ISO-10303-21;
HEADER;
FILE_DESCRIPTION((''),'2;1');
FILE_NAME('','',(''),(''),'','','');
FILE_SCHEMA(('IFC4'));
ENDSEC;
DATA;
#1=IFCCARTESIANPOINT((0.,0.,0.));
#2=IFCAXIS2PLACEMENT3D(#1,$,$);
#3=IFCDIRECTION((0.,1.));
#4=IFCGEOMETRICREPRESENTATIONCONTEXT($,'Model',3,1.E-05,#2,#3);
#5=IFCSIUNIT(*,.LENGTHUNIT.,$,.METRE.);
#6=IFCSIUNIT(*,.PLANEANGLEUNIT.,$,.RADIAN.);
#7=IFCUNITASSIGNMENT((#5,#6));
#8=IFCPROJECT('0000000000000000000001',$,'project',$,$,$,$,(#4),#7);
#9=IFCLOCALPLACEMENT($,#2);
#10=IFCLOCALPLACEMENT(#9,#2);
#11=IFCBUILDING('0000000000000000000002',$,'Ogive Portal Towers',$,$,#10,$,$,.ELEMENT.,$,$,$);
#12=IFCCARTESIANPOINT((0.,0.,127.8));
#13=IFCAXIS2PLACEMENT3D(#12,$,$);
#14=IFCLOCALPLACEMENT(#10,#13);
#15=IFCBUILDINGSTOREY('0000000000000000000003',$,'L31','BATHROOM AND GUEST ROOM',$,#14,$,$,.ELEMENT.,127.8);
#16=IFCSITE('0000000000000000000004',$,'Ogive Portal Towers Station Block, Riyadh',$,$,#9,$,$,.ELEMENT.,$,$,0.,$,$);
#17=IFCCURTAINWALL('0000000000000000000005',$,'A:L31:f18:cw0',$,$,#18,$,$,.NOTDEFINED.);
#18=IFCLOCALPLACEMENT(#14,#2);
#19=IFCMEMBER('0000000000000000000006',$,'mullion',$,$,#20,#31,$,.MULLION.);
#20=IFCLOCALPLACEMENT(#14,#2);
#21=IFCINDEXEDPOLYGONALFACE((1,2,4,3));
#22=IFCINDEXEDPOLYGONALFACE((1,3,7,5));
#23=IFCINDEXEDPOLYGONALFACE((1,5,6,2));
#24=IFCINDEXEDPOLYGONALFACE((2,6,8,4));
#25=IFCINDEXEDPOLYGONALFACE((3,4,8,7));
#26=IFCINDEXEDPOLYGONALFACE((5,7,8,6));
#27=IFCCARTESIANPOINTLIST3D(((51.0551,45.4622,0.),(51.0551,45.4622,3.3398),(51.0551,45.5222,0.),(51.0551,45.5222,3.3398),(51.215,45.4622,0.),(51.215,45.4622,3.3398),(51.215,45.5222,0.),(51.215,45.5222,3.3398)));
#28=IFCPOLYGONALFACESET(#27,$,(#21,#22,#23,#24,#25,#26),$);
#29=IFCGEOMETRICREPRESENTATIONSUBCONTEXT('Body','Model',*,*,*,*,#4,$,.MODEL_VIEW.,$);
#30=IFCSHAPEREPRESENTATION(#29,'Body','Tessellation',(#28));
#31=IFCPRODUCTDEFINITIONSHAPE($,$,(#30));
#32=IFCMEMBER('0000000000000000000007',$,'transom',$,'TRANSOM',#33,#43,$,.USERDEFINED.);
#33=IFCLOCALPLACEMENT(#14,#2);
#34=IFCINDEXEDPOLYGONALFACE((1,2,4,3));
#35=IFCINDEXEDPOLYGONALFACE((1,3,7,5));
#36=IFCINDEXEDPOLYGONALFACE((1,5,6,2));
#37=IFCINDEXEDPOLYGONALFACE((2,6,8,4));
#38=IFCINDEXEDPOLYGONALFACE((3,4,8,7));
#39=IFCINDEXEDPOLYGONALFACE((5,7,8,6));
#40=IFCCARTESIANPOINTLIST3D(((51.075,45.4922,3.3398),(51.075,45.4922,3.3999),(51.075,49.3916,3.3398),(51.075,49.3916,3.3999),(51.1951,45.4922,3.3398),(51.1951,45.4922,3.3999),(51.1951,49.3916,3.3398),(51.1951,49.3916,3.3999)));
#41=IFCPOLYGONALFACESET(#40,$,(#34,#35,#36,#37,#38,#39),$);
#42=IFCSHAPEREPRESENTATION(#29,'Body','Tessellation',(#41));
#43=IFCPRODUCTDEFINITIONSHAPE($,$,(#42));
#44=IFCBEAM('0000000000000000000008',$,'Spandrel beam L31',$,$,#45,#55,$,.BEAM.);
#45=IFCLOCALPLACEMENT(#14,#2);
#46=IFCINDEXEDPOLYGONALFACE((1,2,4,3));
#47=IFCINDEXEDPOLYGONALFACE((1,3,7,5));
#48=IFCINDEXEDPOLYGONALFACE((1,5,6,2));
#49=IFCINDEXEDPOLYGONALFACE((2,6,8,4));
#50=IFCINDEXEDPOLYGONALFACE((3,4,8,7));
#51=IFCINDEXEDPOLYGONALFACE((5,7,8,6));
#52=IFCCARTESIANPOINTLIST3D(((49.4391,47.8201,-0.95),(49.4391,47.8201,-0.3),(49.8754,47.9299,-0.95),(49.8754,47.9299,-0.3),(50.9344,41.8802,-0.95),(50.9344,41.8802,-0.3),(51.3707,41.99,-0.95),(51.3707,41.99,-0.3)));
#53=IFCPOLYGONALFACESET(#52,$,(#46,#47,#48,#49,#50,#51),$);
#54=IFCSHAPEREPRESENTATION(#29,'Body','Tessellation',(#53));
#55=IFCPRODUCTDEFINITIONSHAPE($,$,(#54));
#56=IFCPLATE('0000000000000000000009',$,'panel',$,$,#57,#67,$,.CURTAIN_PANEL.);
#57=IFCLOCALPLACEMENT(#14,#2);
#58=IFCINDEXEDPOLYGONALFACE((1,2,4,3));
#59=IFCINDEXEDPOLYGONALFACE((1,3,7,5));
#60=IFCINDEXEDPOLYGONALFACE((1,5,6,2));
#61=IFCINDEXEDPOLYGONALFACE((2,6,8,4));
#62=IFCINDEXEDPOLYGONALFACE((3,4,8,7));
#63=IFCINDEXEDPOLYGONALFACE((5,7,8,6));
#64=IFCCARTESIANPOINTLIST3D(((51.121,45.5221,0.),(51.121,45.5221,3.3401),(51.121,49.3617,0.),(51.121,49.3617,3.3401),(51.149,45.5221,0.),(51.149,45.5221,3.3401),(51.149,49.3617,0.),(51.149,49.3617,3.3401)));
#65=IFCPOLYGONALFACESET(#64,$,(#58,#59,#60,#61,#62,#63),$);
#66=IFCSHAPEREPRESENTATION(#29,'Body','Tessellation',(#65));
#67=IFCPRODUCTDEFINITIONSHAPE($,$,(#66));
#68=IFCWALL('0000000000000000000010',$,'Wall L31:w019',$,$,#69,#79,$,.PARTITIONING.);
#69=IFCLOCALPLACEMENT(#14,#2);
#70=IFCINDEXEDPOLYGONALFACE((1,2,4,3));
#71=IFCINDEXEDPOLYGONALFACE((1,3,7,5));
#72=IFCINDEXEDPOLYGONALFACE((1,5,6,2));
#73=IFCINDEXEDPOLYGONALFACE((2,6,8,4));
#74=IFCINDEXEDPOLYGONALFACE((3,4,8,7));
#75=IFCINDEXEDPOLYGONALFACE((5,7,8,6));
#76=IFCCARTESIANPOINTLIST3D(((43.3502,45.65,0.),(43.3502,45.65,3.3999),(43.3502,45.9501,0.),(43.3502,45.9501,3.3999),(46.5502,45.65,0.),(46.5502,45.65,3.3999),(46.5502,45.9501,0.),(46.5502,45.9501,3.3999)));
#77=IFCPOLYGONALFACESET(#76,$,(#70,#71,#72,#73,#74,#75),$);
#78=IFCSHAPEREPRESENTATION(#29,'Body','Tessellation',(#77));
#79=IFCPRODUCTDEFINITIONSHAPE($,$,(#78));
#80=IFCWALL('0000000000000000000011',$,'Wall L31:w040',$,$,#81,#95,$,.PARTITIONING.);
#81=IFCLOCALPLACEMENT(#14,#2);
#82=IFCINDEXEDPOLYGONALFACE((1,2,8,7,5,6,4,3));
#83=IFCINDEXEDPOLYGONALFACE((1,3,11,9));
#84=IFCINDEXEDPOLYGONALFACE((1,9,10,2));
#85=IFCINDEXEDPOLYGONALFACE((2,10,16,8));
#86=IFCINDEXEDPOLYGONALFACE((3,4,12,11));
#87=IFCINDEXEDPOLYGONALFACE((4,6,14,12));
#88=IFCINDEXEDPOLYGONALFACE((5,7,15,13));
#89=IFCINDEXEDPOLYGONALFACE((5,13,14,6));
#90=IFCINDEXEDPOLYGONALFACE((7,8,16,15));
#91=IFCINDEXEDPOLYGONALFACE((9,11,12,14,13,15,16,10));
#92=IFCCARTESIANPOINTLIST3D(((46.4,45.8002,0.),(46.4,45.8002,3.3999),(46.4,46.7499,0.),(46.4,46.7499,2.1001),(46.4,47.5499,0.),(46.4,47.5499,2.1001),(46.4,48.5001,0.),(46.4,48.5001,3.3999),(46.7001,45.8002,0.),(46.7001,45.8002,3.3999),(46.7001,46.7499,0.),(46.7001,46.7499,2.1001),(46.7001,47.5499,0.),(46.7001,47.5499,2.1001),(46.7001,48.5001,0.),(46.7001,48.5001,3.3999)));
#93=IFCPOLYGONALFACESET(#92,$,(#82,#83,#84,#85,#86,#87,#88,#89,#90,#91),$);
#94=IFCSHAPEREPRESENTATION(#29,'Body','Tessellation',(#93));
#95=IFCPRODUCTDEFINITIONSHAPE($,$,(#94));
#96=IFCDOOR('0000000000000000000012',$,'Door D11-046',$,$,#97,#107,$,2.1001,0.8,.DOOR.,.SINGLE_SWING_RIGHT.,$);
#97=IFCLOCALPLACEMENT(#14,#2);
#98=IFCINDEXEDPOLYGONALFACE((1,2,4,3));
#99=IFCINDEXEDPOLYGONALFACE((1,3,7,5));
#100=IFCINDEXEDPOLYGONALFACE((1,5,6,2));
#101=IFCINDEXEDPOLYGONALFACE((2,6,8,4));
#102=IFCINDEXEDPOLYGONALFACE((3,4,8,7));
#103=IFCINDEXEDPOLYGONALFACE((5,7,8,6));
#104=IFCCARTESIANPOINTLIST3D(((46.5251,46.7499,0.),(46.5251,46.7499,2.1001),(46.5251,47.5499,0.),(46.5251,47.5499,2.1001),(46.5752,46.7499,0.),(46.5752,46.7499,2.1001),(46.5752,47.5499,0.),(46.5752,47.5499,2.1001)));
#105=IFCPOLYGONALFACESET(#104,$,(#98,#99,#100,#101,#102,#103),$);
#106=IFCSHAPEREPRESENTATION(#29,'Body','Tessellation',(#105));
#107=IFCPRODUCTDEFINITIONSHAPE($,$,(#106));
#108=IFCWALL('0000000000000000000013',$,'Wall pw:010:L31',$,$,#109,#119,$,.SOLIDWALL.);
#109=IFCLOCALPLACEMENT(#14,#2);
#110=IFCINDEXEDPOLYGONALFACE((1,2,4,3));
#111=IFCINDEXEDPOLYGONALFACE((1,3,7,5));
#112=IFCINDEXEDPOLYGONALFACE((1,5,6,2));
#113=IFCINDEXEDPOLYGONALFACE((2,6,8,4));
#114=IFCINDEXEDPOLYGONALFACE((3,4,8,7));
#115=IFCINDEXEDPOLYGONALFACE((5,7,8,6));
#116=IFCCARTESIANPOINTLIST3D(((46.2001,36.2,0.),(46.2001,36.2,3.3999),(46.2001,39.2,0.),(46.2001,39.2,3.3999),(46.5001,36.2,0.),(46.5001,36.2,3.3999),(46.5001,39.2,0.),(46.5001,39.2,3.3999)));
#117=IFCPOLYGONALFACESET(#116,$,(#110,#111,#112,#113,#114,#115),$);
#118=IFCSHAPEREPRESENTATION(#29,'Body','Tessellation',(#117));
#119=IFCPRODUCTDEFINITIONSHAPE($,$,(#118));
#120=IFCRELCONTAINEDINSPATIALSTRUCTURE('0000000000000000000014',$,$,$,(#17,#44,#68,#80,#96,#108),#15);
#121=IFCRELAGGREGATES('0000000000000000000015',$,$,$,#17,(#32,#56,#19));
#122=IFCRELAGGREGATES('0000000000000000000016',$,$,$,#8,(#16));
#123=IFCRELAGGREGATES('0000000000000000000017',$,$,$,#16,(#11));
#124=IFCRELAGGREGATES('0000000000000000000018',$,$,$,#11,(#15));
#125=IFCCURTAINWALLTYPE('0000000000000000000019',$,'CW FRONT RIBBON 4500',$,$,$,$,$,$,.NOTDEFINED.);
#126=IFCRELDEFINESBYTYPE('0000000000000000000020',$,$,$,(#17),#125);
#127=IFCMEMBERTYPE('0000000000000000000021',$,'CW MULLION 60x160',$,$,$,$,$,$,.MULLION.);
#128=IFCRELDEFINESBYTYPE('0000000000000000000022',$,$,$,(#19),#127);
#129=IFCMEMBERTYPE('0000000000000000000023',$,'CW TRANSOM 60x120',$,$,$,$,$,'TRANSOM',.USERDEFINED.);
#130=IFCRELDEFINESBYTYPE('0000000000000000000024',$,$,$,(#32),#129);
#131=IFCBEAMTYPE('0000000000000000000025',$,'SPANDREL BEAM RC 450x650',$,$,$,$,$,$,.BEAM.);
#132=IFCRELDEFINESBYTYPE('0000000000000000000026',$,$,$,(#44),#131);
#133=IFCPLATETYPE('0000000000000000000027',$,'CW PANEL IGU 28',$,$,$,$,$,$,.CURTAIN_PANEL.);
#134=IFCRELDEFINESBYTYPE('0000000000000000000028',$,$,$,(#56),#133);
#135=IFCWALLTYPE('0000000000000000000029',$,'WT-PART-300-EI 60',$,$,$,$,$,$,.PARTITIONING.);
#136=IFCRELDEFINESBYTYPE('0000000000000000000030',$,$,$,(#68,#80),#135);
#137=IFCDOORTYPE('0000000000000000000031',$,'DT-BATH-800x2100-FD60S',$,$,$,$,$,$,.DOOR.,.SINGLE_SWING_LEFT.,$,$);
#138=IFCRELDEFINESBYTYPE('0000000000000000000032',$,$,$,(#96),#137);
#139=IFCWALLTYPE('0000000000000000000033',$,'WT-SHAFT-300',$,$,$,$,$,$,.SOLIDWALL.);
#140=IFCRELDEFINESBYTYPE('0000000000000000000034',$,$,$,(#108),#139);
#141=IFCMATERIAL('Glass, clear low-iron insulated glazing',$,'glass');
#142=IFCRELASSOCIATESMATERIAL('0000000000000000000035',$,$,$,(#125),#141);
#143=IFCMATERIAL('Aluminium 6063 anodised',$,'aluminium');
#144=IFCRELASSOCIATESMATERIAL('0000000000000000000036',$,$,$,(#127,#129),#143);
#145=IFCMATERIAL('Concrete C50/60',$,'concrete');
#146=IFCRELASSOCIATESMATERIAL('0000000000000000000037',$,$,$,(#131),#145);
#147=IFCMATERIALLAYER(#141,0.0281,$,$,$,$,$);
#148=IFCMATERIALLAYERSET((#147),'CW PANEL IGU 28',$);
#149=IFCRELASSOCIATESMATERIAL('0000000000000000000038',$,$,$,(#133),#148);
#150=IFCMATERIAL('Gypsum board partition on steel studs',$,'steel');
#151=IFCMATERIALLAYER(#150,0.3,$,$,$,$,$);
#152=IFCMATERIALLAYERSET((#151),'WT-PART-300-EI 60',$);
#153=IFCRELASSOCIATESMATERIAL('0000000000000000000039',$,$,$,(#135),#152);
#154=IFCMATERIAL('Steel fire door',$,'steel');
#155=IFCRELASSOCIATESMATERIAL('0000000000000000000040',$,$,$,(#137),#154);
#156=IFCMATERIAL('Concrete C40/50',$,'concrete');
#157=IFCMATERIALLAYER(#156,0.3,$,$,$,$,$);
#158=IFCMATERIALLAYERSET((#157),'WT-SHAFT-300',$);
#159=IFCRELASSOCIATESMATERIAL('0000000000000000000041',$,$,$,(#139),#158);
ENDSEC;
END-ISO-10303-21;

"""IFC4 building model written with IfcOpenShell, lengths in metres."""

from ifc_helpers import new_model, si_unit, direction, frame, frame_2d, origin, origin_2d, place, context, subcontext, project, spatial, rectangle, extrude, material, layer, layer_set, material_profile, profile_set, type_object, element, fill, aggregate, save


model = new_model("IFC4")

# Units and contexts
model_context = context("Model", 3, precision=1e-05, world=origin(), true_north=direction((0.0, 1.0)))
body_context = subcontext(model_context, "Body", "Model", "MODEL_VIEW")
ifc_project = project(units=[si_unit("LENGTHUNIT", "METRE"), si_unit("PLANEANGLEUNIT", "RADIAN")], contexts=[model_context])

# Site, building, storey
site_placement = place(None, origin())
site = spatial("IfcSite", under=ifc_project, at=site_placement, Name="Ogive Portal Towers Station Block, Riyadh", CompositionType="ELEMENT", RefElevation=0.0)
building_placement = place(site_placement, origin())
building = spatial("IfcBuilding", under=site, at=building_placement, Name="Ogive Portal Towers", CompositionType="ELEMENT")
storey_placement = place(building_placement, frame((0.0, 0.0, 127.8)))
storey = spatial("IfcBuildingStorey", under=building, at=storey_placement, Name="L31", Description="BATHROOM AND GUEST ROOM", CompositionType="ELEMENT", Elevation=127.8)

# Curtain wall, members
ifc_material_1 = material(Name="Glass, clear low-iron insulated glazing", Category="glass")
curtain_wall_type = type_object("IfcCurtainWallType", Name="CW FRONT RIBBON 4500", PredefinedType="NOTDEFINED", material=ifc_material_1)
curtain_wall_placement = place(storey_placement, origin())
curtain_wall = element("IfcCurtainWall", 1, at=curtain_wall_placement, inside=storey, type_object=curtain_wall_type, Name="A:L31:f18:cw0", PredefinedType="NOTDEFINED")
ifc_material_2 = material(Name="Aluminium 6063 anodised", Category="aluminium")
ifc_material_profile_1 = material_profile(ifc_material_2, rectangle(XDim=0.1599, YDim=0.0601, at=origin_2d()), Name="AL 60x160")
ifc_profile_set_1 = profile_set([ifc_material_profile_1], Name="Aluminium 6063 anodised")
member_type_1 = type_object("IfcMemberType", Name="CW MULLION 60x160", PredefinedType="MULLION", material=ifc_profile_set_1)
member_1_placement = place(storey_placement, frame((51.135, 45.4922, 0.0), z_axis=(0.0, 0.0, 1.0), x_axis=(-1.0, 0.0, 0.0)))
member_1 = element("IfcMember", 2, at=member_1_placement, type_object=member_type_1, Name="mullion", PredefinedType="MULLION", context=body_context, shape_type="SweptSolid", body=[
    extrude(rectangle(XDim=0.1599, YDim=0.0601, at=origin_2d()), origin(), (0.0, 0.0, 1.0), 3.3398),
])
ifc_material_profile_2 = material_profile(ifc_material_2, rectangle(XDim=0.1201, YDim=0.0601, at=origin_2d()), Name="AL 120x60")
ifc_profile_set_2 = profile_set([ifc_material_profile_2], Name="Aluminium 6063 anodised")
member_type_2 = type_object("IfcMemberType", Name="CW TRANSOM 60x120", ElementType="TRANSOM", PredefinedType="USERDEFINED", material=ifc_profile_set_2)
member_2_placement = place(storey_placement, frame((51.135, 45.4922, 3.3699), z_axis=(0.0, 1.0, 0.0), x_axis=(-1.0, 0.0, 0.0)))
member_2 = element("IfcMember", 3, at=member_2_placement, type_object=member_type_2, Name="transom", ObjectType="TRANSOM", PredefinedType="USERDEFINED", context=body_context, shape_type="SweptSolid", body=[
    extrude(rectangle(XDim=0.1201, YDim=0.0601, at=origin_2d()), origin(), (0.0, 0.0, 1.0), 3.8994),
])

# Beam
ifc_material_3 = material(Name="Concrete C50/60", Category="concrete")
ifc_material_profile_3 = material_profile(ifc_material_3, rectangle(XDim=0.45, YDim=0.6499, at=origin_2d()), Name="RC 450x650")
ifc_profile_set_3 = profile_set([ifc_material_profile_3], Name="Concrete C50/60")
beam_type = type_object("IfcBeamType", Name="SPANDREL BEAM RC 450x650", PredefinedType="BEAM", material=ifc_profile_set_3)
beam_placement = place(storey_placement, frame((49.6572, 47.875, -0.625), z_axis=(0.24413, -0.969743, 0.0), x_axis=(0.969743, 0.24413, 0.0)))
element("IfcBeam", 4, at=beam_placement, inside=storey, type_object=beam_type, Name="Spandrel beam L31", PredefinedType="BEAM", context=body_context, shape_type="SweptSolid", body=[
    extrude(rectangle(XDim=0.45, YDim=0.6499, at=origin_2d()), origin(), (0.0, 0.0, 1.0), 6.1252),
])

# Plate
ifc_layer_1 = layer(ifc_material_1, 0.0281)
ifc_layer_set_1 = layer_set([ifc_layer_1], Name="CW PANEL IGU 28")
plate_type = type_object("IfcPlateType", Name="CW PANEL IGU 28", PredefinedType="CURTAIN_PANEL", material=ifc_layer_set_1)
plate_placement = place(storey_placement, frame((51.135, 47.4419, 0.0), z_axis=(0.0, 0.0, 1.0), x_axis=(0.0, 1.0, 0.0)))
plate = element("IfcPlate", 5, at=plate_placement, type_object=plate_type, Name="panel", PredefinedType="CURTAIN_PANEL", context=body_context, shape_type="SweptSolid", body=[
    extrude(rectangle(XDim=3.8396, YDim=0.0281, at=origin_2d()), origin(), (0.0, 0.0, 1.0), 3.3401),
])
aggregate(curtain_wall, [member_2, plate, member_1])

# Shared definitions
ifc_material_4 = material(Name="Steel fire door", Category="steel")

# Wall
ifc_material_5 = material(Name="Gypsum board partition on steel studs", Category="steel")
ifc_layer_2 = layer(ifc_material_5, 0.3)
ifc_layer_set_2 = layer_set([ifc_layer_2], Name="WT-PART-300-EI 60")
wall_type_1 = type_object("IfcWallType", Name="WT-PART-300-EI 60", PredefinedType="PARTITIONING", material=ifc_layer_set_2)
wall_1_placement = place(storey_placement, frame((43.3501, 45.8, 0.0), z_axis=(0.0, 0.0, 1.0), x_axis=(1.0, 0.0, 0.0)))
element("IfcWall", 6, at=wall_1_placement, inside=storey, type_object=wall_type_1, Name="Wall L31:w019", PredefinedType="PARTITIONING", context=body_context, shape_type="SweptSolid", body=[
    extrude(rectangle(XDim=3.2, YDim=0.3, at=frame_2d((1.6001, 0.0))), origin(), (0.0, 0.0, 1.0), 3.3999),
])

# Wall, opening, door
wall_2_placement = place(storey_placement, frame((46.55, 45.8, 0.0), z_axis=(0.0, 0.0, 1.0), x_axis=(0.0, 1.0, 0.0)))
wall_2 = element("IfcWall", 7, at=wall_2_placement, inside=storey, type_object=wall_type_1, Name="Wall L31:w040", PredefinedType="PARTITIONING", context=body_context, shape_type="SweptSolid", body=[
    extrude(rectangle(XDim=2.7, YDim=0.3, at=frame_2d((1.3501, 0.0))), origin(), (0.0, 0.0, 1.0), 3.3999),
])
opening_1_placement = place(wall_2_placement, frame((0.95, 0.0, 0.0)))
opening_1 = element("IfcOpeningElement", 8, at=opening_1_placement, cuts=wall_2, PredefinedType="OPENING", context=body_context, shape_type="SweptSolid", body=[
    extrude(rectangle(XDim=0.8, YDim=2.1001, at=frame_2d((0.3999, 1.05))), frame((0.0, 0.1602, 0.0), z_axis=(0.0, -1.0, 0.0), x_axis=(1.0, 0.0, 0.0)), (0.0, 0.0, 1.0), 0.3201),
])
door_type_1 = type_object("IfcDoorType", Name="DT-BATH-800x2100-FD60S", OperationType="SINGLE_SWING_LEFT", PredefinedType="DOOR", material=ifc_material_4)
door_1_placement = place(opening_1_placement, origin())
door_1 = element("IfcDoor", 9, at=door_1_placement, inside=storey, type_object=door_type_1, Name="Door D11-046", OperationType="SINGLE_SWING_RIGHT", OverallHeight=2.1001, OverallWidth=0.8, PredefinedType="DOOR", context=body_context, shape_type="SweptSolid", body=[
    extrude(rectangle(XDim=0.8, YDim=2.1001, at=frame_2d((0.3999, 1.05))), frame((0.0, 0.0249, 0.0), z_axis=(0.0, -1.0, 0.0), x_axis=(1.0, 0.0, 0.0)), (0.0, 0.0, 1.0), 0.05),
])
fill(opening_1, door_1)

# Wall
ifc_material_6 = material(Name="Concrete C40/50", Category="concrete")
ifc_layer_3 = layer(ifc_material_6, 0.3)
ifc_layer_set_3 = layer_set([ifc_layer_3], Name="WT-SHAFT-300")
wall_type_2 = type_object("IfcWallType", Name="WT-SHAFT-300", PredefinedType="SOLIDWALL", material=ifc_layer_set_3)
wall_3_placement = place(storey_placement, frame((46.3501, 36.2, 0.0), z_axis=(0.0, 0.0, 1.0), x_axis=(0.0, 1.0, 0.0)))
element("IfcWall", 10, at=wall_3_placement, inside=storey, type_object=wall_type_2, Name="Wall pw:010:L31", PredefinedType="SOLIDWALL", context=body_context, shape_type="SweptSolid", body=[
    extrude(rectangle(XDim=3.0, YDim=0.3, at=frame_2d((1.5, 0.0))), origin(), (0.0, 0.0, 1.0), 3.3999),
])

save(model, "model.ifc")
